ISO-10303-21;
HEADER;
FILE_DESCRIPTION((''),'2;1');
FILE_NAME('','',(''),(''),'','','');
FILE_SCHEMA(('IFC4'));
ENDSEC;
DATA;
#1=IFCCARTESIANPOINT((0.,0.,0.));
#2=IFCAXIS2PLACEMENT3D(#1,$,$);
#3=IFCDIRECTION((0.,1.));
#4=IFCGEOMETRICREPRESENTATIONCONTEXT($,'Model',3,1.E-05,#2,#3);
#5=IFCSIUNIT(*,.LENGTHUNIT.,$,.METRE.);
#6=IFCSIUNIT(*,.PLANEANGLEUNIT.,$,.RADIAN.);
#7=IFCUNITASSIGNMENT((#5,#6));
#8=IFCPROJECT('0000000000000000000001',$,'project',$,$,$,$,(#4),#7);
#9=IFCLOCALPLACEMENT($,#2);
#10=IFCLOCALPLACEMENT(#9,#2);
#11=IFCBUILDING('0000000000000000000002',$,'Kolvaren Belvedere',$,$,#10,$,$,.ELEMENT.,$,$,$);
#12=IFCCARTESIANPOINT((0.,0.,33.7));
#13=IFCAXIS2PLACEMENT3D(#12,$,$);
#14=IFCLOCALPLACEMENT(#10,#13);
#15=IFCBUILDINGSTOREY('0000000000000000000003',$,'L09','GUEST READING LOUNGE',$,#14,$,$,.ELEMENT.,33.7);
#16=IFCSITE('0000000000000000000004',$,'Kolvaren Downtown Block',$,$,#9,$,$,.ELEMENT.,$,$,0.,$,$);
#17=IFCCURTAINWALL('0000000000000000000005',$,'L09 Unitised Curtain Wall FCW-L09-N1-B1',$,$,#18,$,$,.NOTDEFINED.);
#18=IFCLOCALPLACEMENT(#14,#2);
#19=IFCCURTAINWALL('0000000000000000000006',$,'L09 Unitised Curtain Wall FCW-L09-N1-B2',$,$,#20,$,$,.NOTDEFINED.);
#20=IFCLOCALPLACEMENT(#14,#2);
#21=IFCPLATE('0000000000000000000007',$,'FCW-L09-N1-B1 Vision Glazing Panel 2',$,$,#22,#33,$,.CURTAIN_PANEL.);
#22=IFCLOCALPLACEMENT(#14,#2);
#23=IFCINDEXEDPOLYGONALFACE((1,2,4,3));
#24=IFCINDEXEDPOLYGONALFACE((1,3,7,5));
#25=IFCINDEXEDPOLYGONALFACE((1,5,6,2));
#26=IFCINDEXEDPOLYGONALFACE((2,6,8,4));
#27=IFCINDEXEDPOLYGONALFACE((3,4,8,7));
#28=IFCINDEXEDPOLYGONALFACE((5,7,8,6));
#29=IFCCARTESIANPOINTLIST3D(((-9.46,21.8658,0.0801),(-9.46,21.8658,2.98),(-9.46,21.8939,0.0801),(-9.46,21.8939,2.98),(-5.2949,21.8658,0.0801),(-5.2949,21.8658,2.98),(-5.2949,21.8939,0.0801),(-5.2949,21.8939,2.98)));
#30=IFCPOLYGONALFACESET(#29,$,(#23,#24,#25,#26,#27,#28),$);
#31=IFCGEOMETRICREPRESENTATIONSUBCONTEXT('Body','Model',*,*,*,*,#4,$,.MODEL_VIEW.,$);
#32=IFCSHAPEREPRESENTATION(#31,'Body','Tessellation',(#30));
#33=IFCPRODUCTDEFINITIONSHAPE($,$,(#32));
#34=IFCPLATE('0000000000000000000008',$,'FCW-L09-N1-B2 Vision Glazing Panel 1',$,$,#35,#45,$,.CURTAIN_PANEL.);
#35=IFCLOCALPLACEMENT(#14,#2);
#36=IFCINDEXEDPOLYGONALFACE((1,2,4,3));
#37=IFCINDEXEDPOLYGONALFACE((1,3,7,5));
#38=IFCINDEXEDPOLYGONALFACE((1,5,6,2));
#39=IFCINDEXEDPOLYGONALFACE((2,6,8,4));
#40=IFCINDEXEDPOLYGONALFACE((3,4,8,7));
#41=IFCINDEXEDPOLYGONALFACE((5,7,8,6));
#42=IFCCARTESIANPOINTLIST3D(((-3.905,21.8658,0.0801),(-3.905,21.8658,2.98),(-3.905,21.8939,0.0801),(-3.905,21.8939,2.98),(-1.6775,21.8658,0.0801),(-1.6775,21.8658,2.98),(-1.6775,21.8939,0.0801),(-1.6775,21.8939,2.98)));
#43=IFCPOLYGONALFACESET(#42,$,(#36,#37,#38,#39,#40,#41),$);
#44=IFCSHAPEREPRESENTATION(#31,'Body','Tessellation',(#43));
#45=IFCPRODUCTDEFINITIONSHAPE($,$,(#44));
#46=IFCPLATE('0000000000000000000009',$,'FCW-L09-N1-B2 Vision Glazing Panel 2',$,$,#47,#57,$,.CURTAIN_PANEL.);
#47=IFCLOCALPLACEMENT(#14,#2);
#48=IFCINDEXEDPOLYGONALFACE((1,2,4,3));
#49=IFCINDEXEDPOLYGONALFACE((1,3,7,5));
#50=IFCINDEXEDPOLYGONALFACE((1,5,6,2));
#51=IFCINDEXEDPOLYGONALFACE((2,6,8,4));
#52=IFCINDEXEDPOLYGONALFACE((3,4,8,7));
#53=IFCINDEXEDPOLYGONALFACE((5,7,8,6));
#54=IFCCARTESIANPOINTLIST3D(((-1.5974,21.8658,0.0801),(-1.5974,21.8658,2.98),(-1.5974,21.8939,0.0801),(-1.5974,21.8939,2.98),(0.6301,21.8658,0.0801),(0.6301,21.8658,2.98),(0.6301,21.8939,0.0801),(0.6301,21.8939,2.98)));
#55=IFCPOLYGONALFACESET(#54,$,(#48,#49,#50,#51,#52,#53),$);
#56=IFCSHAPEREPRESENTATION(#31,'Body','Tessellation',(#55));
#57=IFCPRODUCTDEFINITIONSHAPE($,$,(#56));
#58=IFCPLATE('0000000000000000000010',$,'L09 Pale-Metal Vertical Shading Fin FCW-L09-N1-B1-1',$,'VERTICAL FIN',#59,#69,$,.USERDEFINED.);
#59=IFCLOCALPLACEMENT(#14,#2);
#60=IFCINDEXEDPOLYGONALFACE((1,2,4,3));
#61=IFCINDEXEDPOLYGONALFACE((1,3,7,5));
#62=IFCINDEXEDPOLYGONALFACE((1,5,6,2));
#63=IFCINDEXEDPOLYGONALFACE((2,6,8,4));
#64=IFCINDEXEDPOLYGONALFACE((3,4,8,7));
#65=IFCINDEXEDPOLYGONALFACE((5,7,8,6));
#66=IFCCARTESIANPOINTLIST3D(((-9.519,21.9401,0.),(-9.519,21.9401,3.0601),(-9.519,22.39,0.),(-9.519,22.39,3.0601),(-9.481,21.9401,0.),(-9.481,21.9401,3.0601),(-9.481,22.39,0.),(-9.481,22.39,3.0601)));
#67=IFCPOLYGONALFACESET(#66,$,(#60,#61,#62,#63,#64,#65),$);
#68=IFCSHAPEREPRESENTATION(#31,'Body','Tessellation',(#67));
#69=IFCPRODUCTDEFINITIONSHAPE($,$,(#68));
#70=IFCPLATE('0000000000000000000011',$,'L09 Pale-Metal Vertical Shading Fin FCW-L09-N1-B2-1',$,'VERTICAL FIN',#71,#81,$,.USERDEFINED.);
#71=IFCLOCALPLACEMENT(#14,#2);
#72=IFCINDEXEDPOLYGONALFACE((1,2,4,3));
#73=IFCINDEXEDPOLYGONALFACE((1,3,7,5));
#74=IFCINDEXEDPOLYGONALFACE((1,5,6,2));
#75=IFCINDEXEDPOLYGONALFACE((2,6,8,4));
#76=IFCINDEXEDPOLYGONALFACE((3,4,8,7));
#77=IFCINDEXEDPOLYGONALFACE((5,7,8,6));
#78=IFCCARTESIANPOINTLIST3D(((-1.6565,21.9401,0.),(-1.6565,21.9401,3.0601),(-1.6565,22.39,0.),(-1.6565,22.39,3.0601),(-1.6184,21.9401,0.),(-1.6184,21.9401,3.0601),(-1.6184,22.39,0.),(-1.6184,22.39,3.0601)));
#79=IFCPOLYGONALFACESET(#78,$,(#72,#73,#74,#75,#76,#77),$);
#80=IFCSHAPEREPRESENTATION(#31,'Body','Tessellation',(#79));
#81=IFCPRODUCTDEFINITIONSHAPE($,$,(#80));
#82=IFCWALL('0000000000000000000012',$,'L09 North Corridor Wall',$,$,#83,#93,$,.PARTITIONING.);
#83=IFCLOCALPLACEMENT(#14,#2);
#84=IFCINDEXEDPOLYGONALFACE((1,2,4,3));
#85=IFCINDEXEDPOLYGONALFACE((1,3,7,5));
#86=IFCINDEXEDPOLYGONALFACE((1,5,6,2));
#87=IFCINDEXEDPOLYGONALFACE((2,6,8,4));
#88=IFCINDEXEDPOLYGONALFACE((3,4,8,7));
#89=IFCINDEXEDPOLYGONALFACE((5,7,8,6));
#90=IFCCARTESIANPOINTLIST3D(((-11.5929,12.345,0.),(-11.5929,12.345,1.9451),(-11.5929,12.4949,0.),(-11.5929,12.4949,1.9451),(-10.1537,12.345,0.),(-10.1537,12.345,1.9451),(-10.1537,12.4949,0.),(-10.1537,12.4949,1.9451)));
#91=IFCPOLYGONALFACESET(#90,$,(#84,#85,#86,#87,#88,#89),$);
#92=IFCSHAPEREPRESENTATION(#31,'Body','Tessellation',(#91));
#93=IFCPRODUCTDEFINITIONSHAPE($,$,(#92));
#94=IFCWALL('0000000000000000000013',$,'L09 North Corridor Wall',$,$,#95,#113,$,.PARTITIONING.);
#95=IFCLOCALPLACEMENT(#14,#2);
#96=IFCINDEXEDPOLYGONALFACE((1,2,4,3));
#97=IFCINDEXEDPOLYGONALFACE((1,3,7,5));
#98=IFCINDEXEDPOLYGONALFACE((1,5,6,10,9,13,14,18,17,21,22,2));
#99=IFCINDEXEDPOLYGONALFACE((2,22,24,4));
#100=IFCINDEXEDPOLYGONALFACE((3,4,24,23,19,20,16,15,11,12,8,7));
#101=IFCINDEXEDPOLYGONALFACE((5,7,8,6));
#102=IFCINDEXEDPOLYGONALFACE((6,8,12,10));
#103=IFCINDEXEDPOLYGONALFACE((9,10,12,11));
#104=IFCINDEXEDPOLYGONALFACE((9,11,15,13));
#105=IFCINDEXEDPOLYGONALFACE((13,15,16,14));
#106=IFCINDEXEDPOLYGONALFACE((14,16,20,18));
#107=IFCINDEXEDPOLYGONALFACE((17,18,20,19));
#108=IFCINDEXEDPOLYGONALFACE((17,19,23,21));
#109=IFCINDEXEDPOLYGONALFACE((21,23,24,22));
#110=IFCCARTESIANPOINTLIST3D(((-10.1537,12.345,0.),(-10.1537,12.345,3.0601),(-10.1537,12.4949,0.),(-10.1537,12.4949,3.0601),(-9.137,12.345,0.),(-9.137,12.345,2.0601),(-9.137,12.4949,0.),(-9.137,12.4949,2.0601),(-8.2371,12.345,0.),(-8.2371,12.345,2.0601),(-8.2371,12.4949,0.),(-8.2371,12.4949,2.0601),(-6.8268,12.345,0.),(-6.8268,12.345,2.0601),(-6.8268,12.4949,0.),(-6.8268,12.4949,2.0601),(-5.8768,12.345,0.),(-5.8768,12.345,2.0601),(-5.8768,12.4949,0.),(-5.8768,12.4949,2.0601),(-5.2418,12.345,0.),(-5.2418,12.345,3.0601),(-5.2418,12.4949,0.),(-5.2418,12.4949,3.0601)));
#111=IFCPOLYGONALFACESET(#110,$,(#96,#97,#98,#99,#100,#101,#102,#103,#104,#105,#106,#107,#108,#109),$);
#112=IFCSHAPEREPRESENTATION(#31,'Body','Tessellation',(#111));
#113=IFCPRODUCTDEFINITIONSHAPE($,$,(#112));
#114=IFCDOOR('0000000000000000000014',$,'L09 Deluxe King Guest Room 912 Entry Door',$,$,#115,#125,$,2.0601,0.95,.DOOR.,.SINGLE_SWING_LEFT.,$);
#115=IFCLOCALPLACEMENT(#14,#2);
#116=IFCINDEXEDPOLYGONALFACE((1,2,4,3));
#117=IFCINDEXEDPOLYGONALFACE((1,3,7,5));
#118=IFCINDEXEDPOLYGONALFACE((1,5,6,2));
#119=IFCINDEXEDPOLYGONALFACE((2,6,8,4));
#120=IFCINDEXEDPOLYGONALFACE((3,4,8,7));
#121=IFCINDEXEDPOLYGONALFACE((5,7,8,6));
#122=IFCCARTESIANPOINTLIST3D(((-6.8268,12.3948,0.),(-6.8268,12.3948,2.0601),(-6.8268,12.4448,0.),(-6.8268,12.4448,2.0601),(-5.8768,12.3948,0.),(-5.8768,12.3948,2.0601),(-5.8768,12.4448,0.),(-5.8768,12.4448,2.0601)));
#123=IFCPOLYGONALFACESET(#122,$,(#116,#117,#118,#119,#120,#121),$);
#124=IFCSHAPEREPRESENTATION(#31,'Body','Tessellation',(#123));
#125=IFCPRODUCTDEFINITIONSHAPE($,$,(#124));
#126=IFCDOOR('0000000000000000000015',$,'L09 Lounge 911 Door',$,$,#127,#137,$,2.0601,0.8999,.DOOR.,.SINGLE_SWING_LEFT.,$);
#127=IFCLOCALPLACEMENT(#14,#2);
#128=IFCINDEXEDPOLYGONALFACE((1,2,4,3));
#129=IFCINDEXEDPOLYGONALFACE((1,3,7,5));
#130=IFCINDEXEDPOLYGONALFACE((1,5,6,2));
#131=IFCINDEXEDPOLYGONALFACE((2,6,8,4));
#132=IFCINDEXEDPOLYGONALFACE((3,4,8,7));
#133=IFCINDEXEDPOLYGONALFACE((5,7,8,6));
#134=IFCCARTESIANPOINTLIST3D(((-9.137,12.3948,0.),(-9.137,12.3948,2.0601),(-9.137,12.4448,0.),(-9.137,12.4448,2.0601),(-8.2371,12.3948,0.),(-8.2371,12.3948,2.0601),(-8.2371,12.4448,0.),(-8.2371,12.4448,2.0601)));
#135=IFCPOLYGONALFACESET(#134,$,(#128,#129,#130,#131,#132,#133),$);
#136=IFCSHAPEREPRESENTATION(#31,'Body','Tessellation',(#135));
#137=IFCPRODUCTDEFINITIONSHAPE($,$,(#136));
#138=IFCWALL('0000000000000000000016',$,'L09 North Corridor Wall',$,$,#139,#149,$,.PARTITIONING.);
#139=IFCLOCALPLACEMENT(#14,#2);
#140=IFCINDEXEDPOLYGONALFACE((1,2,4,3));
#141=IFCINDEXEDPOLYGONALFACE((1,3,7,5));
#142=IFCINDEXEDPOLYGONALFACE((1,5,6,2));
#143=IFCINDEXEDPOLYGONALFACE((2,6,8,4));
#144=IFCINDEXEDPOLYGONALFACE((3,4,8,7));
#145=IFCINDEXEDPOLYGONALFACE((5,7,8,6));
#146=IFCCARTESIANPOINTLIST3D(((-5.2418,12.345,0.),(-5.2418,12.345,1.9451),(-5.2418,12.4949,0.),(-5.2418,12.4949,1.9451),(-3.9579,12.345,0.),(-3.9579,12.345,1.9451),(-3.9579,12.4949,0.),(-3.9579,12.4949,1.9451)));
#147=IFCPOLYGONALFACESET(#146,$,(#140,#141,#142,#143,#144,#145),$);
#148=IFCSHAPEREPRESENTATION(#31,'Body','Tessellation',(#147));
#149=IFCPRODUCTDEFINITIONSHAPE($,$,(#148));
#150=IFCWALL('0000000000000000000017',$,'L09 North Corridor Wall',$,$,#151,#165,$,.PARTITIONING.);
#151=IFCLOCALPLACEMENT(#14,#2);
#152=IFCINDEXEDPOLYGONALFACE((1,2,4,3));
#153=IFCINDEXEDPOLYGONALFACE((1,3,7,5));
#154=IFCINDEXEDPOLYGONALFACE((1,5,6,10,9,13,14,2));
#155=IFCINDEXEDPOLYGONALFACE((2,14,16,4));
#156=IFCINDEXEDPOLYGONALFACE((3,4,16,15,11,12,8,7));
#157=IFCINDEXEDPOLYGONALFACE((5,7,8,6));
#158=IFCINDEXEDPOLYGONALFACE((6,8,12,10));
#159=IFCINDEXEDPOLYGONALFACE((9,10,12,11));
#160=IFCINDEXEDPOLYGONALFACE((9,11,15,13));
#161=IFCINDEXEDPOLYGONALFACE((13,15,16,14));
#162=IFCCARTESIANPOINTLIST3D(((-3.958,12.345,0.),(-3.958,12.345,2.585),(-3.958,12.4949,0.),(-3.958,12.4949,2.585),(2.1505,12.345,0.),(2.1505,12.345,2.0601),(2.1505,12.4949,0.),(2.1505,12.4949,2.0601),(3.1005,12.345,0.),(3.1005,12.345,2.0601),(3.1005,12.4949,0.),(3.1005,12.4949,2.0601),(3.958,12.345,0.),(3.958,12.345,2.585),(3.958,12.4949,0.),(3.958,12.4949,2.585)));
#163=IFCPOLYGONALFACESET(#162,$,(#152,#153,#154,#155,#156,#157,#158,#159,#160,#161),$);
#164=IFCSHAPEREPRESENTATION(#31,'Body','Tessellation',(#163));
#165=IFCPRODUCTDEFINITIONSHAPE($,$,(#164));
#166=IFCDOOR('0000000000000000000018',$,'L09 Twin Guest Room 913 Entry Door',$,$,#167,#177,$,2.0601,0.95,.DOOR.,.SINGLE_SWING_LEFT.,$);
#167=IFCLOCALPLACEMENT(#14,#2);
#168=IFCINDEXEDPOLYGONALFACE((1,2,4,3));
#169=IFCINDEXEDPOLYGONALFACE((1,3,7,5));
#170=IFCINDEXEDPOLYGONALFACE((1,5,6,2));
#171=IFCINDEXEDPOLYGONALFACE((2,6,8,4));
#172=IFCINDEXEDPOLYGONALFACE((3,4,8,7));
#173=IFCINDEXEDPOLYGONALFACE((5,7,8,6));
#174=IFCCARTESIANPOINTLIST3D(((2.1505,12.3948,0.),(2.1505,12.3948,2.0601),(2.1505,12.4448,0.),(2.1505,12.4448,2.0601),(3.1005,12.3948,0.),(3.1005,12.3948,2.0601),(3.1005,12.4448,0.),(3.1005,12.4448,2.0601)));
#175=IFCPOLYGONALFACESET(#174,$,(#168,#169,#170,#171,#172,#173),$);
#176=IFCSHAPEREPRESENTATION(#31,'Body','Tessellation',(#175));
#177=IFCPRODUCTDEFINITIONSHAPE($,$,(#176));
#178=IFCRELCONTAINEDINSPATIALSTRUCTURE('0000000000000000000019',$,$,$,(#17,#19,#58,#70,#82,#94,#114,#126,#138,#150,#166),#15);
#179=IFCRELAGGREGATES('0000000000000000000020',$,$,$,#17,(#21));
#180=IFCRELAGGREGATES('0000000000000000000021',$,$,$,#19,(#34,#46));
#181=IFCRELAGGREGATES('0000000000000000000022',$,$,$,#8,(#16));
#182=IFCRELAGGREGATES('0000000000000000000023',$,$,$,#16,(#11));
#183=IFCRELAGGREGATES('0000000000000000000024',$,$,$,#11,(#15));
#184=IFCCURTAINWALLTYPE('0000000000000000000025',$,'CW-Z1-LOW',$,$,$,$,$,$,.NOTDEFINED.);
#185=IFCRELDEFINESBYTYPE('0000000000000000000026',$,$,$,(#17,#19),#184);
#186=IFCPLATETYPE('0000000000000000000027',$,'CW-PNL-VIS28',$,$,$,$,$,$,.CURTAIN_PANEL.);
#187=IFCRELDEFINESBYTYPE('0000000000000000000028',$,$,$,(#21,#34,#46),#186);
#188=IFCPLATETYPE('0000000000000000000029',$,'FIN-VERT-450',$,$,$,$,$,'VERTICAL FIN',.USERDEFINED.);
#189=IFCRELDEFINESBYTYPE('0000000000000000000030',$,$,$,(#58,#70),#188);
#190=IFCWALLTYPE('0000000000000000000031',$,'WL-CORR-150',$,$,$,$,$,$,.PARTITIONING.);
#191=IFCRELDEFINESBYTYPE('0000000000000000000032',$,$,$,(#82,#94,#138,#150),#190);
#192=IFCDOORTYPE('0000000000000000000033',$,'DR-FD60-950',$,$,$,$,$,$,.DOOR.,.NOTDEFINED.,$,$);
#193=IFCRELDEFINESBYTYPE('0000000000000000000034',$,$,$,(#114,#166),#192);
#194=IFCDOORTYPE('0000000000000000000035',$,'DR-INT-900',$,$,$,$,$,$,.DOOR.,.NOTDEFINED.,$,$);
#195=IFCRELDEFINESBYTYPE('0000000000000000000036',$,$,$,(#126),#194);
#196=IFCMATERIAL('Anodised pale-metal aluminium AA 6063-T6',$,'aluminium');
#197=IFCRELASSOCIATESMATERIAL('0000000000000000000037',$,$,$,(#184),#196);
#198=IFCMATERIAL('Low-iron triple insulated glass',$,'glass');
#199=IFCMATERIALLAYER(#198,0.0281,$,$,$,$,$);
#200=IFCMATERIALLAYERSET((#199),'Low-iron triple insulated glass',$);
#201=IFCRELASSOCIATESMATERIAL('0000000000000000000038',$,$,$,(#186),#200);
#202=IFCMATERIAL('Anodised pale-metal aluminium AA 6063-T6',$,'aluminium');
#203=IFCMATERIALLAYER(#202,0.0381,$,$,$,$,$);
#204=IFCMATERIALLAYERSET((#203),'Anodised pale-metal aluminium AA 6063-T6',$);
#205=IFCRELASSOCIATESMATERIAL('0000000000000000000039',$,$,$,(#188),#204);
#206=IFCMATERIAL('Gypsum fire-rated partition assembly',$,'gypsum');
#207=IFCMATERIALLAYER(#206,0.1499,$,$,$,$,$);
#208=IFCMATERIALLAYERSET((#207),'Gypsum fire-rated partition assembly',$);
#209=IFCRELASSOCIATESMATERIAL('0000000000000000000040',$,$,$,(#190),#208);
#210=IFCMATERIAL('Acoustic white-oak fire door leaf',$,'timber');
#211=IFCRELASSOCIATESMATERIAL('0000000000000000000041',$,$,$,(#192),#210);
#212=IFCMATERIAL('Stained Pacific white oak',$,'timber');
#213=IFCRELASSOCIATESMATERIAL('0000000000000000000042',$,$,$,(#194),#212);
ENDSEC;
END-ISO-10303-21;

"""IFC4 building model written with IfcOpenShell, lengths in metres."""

from ifc_helpers import new_model, si_unit, direction, frame, frame_2d, origin, origin_2d, place, context, subcontext, project, spatial, rectangle, extrude, material, layer, layer_set, type_object, element, fill, aggregate, save


model = new_model("IFC4")

# Units and contexts
model_context = context("Model", 3, precision=1e-05, world=origin(), true_north=direction((0.0, 1.0)))
body_context = subcontext(model_context, "Body", "Model", "MODEL_VIEW")
ifc_project = project(units=[si_unit("LENGTHUNIT", "METRE"), si_unit("PLANEANGLEUNIT", "RADIAN")], contexts=[model_context])

# Site, building, storey
site_placement = place(None, origin())
site = spatial("IfcSite", under=ifc_project, at=site_placement, Name="Kolvaren Downtown Block", CompositionType="ELEMENT", RefElevation=0.0)
building_placement = place(site_placement, origin())
building = spatial("IfcBuilding", under=site, at=building_placement, Name="Kolvaren Belvedere", CompositionType="ELEMENT")
storey_placement = place(building_placement, frame((0.0, 0.0, 33.7)))
storey = spatial("IfcBuildingStorey", under=building, at=storey_placement, Name="L09", Description="GUEST READING LOUNGE", CompositionType="ELEMENT", Elevation=33.7)

# Curtain walls
ifc_material_1 = material(Name="Anodised pale-metal aluminium AA 6063-T6", Category="aluminium")
curtain_wall_type = type_object("IfcCurtainWallType", Name="CW-Z1-LOW", PredefinedType="NOTDEFINED", material=ifc_material_1)
curtain_wall_1_placement = place(storey_placement, origin())
curtain_wall_1 = element("IfcCurtainWall", 1, at=curtain_wall_1_placement, inside=storey, type_object=curtain_wall_type, Name="L09 Unitised Curtain Wall FCW-L09-N1-B1", PredefinedType="NOTDEFINED")
curtain_wall_2_placement = place(storey_placement, origin())
curtain_wall_2 = element("IfcCurtainWall", 2, at=curtain_wall_2_placement, inside=storey, type_object=curtain_wall_type, Name="L09 Unitised Curtain Wall FCW-L09-N1-B2", PredefinedType="NOTDEFINED")

# Plates
ifc_material_2 = material(Name="Low-iron triple insulated glass", Category="glass")
ifc_layer_1 = layer(ifc_material_2, 0.0281)
ifc_layer_set_1 = layer_set([ifc_layer_1], Name="Low-iron triple insulated glass")
plate_type_1 = type_object("IfcPlateType", Name="CW-PNL-VIS28", PredefinedType="CURTAIN_PANEL", material=ifc_layer_set_1)
plate_1_placement = place(storey_placement, frame((-7.3774, 21.8799, 0.0801), z_axis=(0.0, 0.0, 1.0), x_axis=(1.0, 0.0, 0.0)))
plate_1 = element("IfcPlate", 3, at=plate_1_placement, type_object=plate_type_1, Name="FCW-L09-N1-B1 Vision Glazing Panel 2", PredefinedType="CURTAIN_PANEL", context=body_context, shape_type="SweptSolid", body=[
    extrude(rectangle(XDim=4.165, YDim=0.0281, at=origin_2d()), origin(), (0.0, 0.0, 1.0), 2.8999),
])
aggregate(curtain_wall_1, [plate_1])
plate_2_placement = place(storey_placement, frame((-2.7913, 21.8799, 0.0801), z_axis=(0.0, 0.0, 1.0), x_axis=(1.0, 0.0, 0.0)))
plate_2 = element("IfcPlate", 4, at=plate_2_placement, type_object=plate_type_1, Name="FCW-L09-N1-B2 Vision Glazing Panel 1", PredefinedType="CURTAIN_PANEL", context=body_context, shape_type="SweptSolid", body=[
    extrude(rectangle(XDim=2.2275, YDim=0.0281, at=origin_2d()), origin(), (0.0, 0.0, 1.0), 2.8999),
])
plate_3_placement = place(storey_placement, frame((-0.4836, 21.8799, 0.0801), z_axis=(0.0, 0.0, 1.0), x_axis=(1.0, 0.0, 0.0)))
plate_3 = element("IfcPlate", 5, at=plate_3_placement, type_object=plate_type_1, Name="FCW-L09-N1-B2 Vision Glazing Panel 2", PredefinedType="CURTAIN_PANEL", context=body_context, shape_type="SweptSolid", body=[
    extrude(rectangle(XDim=2.2275, YDim=0.0281, at=origin_2d()), origin(), (0.0, 0.0, 1.0), 2.8999),
])
aggregate(curtain_wall_2, [plate_2, plate_3])

# Plates
ifc_material_3 = material(Name="Anodised pale-metal aluminium AA 6063-T6", Category="aluminium")
ifc_layer_2 = layer(ifc_material_3, 0.0381)
ifc_layer_set_2 = layer_set([ifc_layer_2], Name="Anodised pale-metal aluminium AA 6063-T6")
plate_type_2 = type_object("IfcPlateType", Name="FIN-VERT-450", ElementType="VERTICAL FIN", PredefinedType="USERDEFINED", material=ifc_layer_set_2)
for number, where, z_axis, x_axis, name in (
    (6, (-9.5, 22.165, 0.0), (0.0, 0.0, 1.0), (0.0, 1.0, 0.0), "L09 Pale-Metal Vertical Shading Fin FCW-L09-N1-B1-1"),
    (7, (-1.6375, 22.165, 0.0), (0.0, 0.0, 1.0), (0.0, 1.0, 0.0), "L09 Pale-Metal Vertical Shading Fin FCW-L09-N1-B2-1"),
):
    element("IfcPlate", number, at=place(storey_placement, frame(where, z_axis=z_axis, x_axis=x_axis)), inside=storey, type_object=plate_type_2, Name=name, ObjectType="VERTICAL FIN", PredefinedType="USERDEFINED", context=body_context, shape_type="SweptSolid", body=[
        extrude(rectangle(XDim=0.45, YDim=0.0381, at=origin_2d()), origin(), (0.0, 0.0, 1.0), 3.0601),
    ])

# Wall
ifc_material_4 = material(Name="Gypsum fire-rated partition assembly", Category="gypsum")
ifc_layer_3 = layer(ifc_material_4, 0.1499)
ifc_layer_set_3 = layer_set([ifc_layer_3], Name="Gypsum fire-rated partition assembly")
wall_type_1 = type_object("IfcWallType", Name="WL-CORR-150", PredefinedType="PARTITIONING", material=ifc_layer_set_3)
wall_1_placement = place(storey_placement, frame((-11.593, 12.4199, 0.0), z_axis=(0.0, 0.0, 1.0), x_axis=(1.0, 0.0, 0.0)))
element("IfcWall", 8, at=wall_1_placement, inside=storey, type_object=wall_type_1, Name="L09 North Corridor Wall", PredefinedType="PARTITIONING", context=body_context, shape_type="SweptSolid", body=[
    extrude(rectangle(XDim=1.4392, YDim=0.1499, at=frame_2d((0.7197, 0.0))), origin(), (0.0, 0.0, 1.0), 1.9451),
])

# Wall, openings, doors
wall_2_placement = place(storey_placement, frame((-10.1538, 12.4199, 0.0), z_axis=(0.0, 0.0, 1.0), x_axis=(1.0, 0.0, 0.0)))
wall_2 = element("IfcWall", 9, at=wall_2_placement, inside=storey, type_object=wall_type_1, Name="L09 North Corridor Wall", PredefinedType="PARTITIONING", context=body_context, shape_type="SweptSolid", body=[
    extrude(rectangle(XDim=4.9119, YDim=0.1499, at=frame_2d((2.4561, 0.0))), origin(), (0.0, 0.0, 1.0), 3.0601),
])
opening_1_placement = place(wall_2_placement, frame((1.0168, 0.0, 0.0)))
opening_1 = element("IfcOpeningElement", 10, at=opening_1_placement, cuts=wall_2, PredefinedType="OPENING", context=body_context, shape_type="SweptSolid", body=[
    extrude(rectangle(XDim=0.8999, YDim=2.0601, at=frame_2d((0.45, 1.03))), frame((0.0, 0.085, 0.0), z_axis=(0.0, -1.0, 0.0), x_axis=(1.0, 0.0, 0.0)), (0.0, 0.0, 1.0), 0.1699),
])
opening_2_placement = place(wall_2_placement, frame((3.3269, 0.0, 0.0)))
opening_2 = element("IfcOpeningElement", 11, at=opening_2_placement, cuts=wall_2, PredefinedType="OPENING", context=body_context, shape_type="SweptSolid", body=[
    extrude(rectangle(XDim=0.95, YDim=2.0601, at=frame_2d((0.4751, 1.03))), frame((0.0, 0.085, 0.0), z_axis=(0.0, -1.0, 0.0), x_axis=(1.0, 0.0, 0.0)), (0.0, 0.0, 1.0), 0.1699),
])
ifc_material_5 = material(Name="Acoustic white-oak fire door leaf", Category="timber")
door_type_1 = type_object("IfcDoorType", Name="DR-FD60-950", OperationType="NOTDEFINED", PredefinedType="DOOR", material=ifc_material_5)
door_1_placement = place(opening_2_placement, origin())
door_1 = element("IfcDoor", 12, at=door_1_placement, inside=storey, type_object=door_type_1, Name="L09 Deluxe King Guest Room 912 Entry Door", OperationType="SINGLE_SWING_LEFT", OverallHeight=2.0601, OverallWidth=0.95, PredefinedType="DOOR", context=body_context, shape_type="SweptSolid", body=[
    extrude(rectangle(XDim=0.95, YDim=2.0601, at=frame_2d((0.4751, 1.03))), frame((0.0, 0.0249, 0.0), z_axis=(0.0, -1.0, 0.0), x_axis=(1.0, 0.0, 0.0)), (0.0, 0.0, 1.0), 0.05),
])
fill(opening_2, door_1)
ifc_material_6 = material(Name="Stained Pacific white oak", Category="timber")
door_type_2 = type_object("IfcDoorType", Name="DR-INT-900", OperationType="NOTDEFINED", PredefinedType="DOOR", material=ifc_material_6)
door_2_placement = place(opening_1_placement, origin())
door_2 = element("IfcDoor", 13, at=door_2_placement, inside=storey, type_object=door_type_2, Name="L09 Lounge 911 Door", OperationType="SINGLE_SWING_LEFT", OverallHeight=2.0601, OverallWidth=0.8999, PredefinedType="DOOR", context=body_context, shape_type="SweptSolid", body=[
    extrude(rectangle(XDim=0.8999, YDim=2.0601, at=frame_2d((0.45, 1.03))), frame((0.0, 0.0249, 0.0), z_axis=(0.0, -1.0, 0.0), x_axis=(1.0, 0.0, 0.0)), (0.0, 0.0, 1.0), 0.05),
])
fill(opening_1, door_2)

# Wall
wall_3_placement = place(storey_placement, frame((-5.2419, 12.4199, 0.0), z_axis=(0.0, 0.0, 1.0), x_axis=(1.0, 0.0, 0.0)))
element("IfcWall", 14, at=wall_3_placement, inside=storey, type_object=wall_type_1, Name="L09 North Corridor Wall", PredefinedType="PARTITIONING", context=body_context, shape_type="SweptSolid", body=[
    extrude(rectangle(XDim=1.2839, YDim=0.1499, at=frame_2d((0.6421, 0.0))), origin(), (0.0, 0.0, 1.0), 1.9451),
])

# Wall, opening, door
wall_4_placement = place(storey_placement, frame((-3.958, 12.4199, 0.0), z_axis=(0.0, 0.0, 1.0), x_axis=(1.0, 0.0, 0.0)))
wall_4 = element("IfcWall", 15, at=wall_4_placement, inside=storey, type_object=wall_type_1, Name="L09 North Corridor Wall", PredefinedType="PARTITIONING", context=body_context, shape_type="SweptSolid", body=[
    extrude(rectangle(XDim=7.916, YDim=0.1499, at=frame_2d((3.958, 0.0))), origin(), (0.0, 0.0, 1.0), 2.585),
])
opening_3_placement = place(wall_4_placement, frame((6.1084, 0.0, 0.0)))
opening_3 = element("IfcOpeningElement", 16, at=opening_3_placement, cuts=wall_4, PredefinedType="OPENING", context=body_context, shape_type="SweptSolid", body=[
    extrude(rectangle(XDim=0.95, YDim=2.0601, at=frame_2d((0.4751, 1.03))), frame((0.0, 0.085, 0.0), z_axis=(0.0, -1.0, 0.0), x_axis=(1.0, 0.0, 0.0)), (0.0, 0.0, 1.0), 0.1699),
])
door_3_placement = place(opening_3_placement, origin())
door_3 = element("IfcDoor", 17, at=door_3_placement, inside=storey, type_object=door_type_1, Name="L09 Twin Guest Room 913 Entry Door", OperationType="SINGLE_SWING_LEFT", OverallHeight=2.0601, OverallWidth=0.95, PredefinedType="DOOR", context=body_context, shape_type="SweptSolid", body=[
    extrude(rectangle(XDim=0.95, YDim=2.0601, at=frame_2d((0.4751, 1.03))), frame((0.0, 0.0249, 0.0), z_axis=(0.0, -1.0, 0.0), x_axis=(1.0, 0.0, 0.0)), (0.0, 0.0, 1.0), 0.05),
])
fill(opening_3, door_3)

save(model, "model.ifc")
